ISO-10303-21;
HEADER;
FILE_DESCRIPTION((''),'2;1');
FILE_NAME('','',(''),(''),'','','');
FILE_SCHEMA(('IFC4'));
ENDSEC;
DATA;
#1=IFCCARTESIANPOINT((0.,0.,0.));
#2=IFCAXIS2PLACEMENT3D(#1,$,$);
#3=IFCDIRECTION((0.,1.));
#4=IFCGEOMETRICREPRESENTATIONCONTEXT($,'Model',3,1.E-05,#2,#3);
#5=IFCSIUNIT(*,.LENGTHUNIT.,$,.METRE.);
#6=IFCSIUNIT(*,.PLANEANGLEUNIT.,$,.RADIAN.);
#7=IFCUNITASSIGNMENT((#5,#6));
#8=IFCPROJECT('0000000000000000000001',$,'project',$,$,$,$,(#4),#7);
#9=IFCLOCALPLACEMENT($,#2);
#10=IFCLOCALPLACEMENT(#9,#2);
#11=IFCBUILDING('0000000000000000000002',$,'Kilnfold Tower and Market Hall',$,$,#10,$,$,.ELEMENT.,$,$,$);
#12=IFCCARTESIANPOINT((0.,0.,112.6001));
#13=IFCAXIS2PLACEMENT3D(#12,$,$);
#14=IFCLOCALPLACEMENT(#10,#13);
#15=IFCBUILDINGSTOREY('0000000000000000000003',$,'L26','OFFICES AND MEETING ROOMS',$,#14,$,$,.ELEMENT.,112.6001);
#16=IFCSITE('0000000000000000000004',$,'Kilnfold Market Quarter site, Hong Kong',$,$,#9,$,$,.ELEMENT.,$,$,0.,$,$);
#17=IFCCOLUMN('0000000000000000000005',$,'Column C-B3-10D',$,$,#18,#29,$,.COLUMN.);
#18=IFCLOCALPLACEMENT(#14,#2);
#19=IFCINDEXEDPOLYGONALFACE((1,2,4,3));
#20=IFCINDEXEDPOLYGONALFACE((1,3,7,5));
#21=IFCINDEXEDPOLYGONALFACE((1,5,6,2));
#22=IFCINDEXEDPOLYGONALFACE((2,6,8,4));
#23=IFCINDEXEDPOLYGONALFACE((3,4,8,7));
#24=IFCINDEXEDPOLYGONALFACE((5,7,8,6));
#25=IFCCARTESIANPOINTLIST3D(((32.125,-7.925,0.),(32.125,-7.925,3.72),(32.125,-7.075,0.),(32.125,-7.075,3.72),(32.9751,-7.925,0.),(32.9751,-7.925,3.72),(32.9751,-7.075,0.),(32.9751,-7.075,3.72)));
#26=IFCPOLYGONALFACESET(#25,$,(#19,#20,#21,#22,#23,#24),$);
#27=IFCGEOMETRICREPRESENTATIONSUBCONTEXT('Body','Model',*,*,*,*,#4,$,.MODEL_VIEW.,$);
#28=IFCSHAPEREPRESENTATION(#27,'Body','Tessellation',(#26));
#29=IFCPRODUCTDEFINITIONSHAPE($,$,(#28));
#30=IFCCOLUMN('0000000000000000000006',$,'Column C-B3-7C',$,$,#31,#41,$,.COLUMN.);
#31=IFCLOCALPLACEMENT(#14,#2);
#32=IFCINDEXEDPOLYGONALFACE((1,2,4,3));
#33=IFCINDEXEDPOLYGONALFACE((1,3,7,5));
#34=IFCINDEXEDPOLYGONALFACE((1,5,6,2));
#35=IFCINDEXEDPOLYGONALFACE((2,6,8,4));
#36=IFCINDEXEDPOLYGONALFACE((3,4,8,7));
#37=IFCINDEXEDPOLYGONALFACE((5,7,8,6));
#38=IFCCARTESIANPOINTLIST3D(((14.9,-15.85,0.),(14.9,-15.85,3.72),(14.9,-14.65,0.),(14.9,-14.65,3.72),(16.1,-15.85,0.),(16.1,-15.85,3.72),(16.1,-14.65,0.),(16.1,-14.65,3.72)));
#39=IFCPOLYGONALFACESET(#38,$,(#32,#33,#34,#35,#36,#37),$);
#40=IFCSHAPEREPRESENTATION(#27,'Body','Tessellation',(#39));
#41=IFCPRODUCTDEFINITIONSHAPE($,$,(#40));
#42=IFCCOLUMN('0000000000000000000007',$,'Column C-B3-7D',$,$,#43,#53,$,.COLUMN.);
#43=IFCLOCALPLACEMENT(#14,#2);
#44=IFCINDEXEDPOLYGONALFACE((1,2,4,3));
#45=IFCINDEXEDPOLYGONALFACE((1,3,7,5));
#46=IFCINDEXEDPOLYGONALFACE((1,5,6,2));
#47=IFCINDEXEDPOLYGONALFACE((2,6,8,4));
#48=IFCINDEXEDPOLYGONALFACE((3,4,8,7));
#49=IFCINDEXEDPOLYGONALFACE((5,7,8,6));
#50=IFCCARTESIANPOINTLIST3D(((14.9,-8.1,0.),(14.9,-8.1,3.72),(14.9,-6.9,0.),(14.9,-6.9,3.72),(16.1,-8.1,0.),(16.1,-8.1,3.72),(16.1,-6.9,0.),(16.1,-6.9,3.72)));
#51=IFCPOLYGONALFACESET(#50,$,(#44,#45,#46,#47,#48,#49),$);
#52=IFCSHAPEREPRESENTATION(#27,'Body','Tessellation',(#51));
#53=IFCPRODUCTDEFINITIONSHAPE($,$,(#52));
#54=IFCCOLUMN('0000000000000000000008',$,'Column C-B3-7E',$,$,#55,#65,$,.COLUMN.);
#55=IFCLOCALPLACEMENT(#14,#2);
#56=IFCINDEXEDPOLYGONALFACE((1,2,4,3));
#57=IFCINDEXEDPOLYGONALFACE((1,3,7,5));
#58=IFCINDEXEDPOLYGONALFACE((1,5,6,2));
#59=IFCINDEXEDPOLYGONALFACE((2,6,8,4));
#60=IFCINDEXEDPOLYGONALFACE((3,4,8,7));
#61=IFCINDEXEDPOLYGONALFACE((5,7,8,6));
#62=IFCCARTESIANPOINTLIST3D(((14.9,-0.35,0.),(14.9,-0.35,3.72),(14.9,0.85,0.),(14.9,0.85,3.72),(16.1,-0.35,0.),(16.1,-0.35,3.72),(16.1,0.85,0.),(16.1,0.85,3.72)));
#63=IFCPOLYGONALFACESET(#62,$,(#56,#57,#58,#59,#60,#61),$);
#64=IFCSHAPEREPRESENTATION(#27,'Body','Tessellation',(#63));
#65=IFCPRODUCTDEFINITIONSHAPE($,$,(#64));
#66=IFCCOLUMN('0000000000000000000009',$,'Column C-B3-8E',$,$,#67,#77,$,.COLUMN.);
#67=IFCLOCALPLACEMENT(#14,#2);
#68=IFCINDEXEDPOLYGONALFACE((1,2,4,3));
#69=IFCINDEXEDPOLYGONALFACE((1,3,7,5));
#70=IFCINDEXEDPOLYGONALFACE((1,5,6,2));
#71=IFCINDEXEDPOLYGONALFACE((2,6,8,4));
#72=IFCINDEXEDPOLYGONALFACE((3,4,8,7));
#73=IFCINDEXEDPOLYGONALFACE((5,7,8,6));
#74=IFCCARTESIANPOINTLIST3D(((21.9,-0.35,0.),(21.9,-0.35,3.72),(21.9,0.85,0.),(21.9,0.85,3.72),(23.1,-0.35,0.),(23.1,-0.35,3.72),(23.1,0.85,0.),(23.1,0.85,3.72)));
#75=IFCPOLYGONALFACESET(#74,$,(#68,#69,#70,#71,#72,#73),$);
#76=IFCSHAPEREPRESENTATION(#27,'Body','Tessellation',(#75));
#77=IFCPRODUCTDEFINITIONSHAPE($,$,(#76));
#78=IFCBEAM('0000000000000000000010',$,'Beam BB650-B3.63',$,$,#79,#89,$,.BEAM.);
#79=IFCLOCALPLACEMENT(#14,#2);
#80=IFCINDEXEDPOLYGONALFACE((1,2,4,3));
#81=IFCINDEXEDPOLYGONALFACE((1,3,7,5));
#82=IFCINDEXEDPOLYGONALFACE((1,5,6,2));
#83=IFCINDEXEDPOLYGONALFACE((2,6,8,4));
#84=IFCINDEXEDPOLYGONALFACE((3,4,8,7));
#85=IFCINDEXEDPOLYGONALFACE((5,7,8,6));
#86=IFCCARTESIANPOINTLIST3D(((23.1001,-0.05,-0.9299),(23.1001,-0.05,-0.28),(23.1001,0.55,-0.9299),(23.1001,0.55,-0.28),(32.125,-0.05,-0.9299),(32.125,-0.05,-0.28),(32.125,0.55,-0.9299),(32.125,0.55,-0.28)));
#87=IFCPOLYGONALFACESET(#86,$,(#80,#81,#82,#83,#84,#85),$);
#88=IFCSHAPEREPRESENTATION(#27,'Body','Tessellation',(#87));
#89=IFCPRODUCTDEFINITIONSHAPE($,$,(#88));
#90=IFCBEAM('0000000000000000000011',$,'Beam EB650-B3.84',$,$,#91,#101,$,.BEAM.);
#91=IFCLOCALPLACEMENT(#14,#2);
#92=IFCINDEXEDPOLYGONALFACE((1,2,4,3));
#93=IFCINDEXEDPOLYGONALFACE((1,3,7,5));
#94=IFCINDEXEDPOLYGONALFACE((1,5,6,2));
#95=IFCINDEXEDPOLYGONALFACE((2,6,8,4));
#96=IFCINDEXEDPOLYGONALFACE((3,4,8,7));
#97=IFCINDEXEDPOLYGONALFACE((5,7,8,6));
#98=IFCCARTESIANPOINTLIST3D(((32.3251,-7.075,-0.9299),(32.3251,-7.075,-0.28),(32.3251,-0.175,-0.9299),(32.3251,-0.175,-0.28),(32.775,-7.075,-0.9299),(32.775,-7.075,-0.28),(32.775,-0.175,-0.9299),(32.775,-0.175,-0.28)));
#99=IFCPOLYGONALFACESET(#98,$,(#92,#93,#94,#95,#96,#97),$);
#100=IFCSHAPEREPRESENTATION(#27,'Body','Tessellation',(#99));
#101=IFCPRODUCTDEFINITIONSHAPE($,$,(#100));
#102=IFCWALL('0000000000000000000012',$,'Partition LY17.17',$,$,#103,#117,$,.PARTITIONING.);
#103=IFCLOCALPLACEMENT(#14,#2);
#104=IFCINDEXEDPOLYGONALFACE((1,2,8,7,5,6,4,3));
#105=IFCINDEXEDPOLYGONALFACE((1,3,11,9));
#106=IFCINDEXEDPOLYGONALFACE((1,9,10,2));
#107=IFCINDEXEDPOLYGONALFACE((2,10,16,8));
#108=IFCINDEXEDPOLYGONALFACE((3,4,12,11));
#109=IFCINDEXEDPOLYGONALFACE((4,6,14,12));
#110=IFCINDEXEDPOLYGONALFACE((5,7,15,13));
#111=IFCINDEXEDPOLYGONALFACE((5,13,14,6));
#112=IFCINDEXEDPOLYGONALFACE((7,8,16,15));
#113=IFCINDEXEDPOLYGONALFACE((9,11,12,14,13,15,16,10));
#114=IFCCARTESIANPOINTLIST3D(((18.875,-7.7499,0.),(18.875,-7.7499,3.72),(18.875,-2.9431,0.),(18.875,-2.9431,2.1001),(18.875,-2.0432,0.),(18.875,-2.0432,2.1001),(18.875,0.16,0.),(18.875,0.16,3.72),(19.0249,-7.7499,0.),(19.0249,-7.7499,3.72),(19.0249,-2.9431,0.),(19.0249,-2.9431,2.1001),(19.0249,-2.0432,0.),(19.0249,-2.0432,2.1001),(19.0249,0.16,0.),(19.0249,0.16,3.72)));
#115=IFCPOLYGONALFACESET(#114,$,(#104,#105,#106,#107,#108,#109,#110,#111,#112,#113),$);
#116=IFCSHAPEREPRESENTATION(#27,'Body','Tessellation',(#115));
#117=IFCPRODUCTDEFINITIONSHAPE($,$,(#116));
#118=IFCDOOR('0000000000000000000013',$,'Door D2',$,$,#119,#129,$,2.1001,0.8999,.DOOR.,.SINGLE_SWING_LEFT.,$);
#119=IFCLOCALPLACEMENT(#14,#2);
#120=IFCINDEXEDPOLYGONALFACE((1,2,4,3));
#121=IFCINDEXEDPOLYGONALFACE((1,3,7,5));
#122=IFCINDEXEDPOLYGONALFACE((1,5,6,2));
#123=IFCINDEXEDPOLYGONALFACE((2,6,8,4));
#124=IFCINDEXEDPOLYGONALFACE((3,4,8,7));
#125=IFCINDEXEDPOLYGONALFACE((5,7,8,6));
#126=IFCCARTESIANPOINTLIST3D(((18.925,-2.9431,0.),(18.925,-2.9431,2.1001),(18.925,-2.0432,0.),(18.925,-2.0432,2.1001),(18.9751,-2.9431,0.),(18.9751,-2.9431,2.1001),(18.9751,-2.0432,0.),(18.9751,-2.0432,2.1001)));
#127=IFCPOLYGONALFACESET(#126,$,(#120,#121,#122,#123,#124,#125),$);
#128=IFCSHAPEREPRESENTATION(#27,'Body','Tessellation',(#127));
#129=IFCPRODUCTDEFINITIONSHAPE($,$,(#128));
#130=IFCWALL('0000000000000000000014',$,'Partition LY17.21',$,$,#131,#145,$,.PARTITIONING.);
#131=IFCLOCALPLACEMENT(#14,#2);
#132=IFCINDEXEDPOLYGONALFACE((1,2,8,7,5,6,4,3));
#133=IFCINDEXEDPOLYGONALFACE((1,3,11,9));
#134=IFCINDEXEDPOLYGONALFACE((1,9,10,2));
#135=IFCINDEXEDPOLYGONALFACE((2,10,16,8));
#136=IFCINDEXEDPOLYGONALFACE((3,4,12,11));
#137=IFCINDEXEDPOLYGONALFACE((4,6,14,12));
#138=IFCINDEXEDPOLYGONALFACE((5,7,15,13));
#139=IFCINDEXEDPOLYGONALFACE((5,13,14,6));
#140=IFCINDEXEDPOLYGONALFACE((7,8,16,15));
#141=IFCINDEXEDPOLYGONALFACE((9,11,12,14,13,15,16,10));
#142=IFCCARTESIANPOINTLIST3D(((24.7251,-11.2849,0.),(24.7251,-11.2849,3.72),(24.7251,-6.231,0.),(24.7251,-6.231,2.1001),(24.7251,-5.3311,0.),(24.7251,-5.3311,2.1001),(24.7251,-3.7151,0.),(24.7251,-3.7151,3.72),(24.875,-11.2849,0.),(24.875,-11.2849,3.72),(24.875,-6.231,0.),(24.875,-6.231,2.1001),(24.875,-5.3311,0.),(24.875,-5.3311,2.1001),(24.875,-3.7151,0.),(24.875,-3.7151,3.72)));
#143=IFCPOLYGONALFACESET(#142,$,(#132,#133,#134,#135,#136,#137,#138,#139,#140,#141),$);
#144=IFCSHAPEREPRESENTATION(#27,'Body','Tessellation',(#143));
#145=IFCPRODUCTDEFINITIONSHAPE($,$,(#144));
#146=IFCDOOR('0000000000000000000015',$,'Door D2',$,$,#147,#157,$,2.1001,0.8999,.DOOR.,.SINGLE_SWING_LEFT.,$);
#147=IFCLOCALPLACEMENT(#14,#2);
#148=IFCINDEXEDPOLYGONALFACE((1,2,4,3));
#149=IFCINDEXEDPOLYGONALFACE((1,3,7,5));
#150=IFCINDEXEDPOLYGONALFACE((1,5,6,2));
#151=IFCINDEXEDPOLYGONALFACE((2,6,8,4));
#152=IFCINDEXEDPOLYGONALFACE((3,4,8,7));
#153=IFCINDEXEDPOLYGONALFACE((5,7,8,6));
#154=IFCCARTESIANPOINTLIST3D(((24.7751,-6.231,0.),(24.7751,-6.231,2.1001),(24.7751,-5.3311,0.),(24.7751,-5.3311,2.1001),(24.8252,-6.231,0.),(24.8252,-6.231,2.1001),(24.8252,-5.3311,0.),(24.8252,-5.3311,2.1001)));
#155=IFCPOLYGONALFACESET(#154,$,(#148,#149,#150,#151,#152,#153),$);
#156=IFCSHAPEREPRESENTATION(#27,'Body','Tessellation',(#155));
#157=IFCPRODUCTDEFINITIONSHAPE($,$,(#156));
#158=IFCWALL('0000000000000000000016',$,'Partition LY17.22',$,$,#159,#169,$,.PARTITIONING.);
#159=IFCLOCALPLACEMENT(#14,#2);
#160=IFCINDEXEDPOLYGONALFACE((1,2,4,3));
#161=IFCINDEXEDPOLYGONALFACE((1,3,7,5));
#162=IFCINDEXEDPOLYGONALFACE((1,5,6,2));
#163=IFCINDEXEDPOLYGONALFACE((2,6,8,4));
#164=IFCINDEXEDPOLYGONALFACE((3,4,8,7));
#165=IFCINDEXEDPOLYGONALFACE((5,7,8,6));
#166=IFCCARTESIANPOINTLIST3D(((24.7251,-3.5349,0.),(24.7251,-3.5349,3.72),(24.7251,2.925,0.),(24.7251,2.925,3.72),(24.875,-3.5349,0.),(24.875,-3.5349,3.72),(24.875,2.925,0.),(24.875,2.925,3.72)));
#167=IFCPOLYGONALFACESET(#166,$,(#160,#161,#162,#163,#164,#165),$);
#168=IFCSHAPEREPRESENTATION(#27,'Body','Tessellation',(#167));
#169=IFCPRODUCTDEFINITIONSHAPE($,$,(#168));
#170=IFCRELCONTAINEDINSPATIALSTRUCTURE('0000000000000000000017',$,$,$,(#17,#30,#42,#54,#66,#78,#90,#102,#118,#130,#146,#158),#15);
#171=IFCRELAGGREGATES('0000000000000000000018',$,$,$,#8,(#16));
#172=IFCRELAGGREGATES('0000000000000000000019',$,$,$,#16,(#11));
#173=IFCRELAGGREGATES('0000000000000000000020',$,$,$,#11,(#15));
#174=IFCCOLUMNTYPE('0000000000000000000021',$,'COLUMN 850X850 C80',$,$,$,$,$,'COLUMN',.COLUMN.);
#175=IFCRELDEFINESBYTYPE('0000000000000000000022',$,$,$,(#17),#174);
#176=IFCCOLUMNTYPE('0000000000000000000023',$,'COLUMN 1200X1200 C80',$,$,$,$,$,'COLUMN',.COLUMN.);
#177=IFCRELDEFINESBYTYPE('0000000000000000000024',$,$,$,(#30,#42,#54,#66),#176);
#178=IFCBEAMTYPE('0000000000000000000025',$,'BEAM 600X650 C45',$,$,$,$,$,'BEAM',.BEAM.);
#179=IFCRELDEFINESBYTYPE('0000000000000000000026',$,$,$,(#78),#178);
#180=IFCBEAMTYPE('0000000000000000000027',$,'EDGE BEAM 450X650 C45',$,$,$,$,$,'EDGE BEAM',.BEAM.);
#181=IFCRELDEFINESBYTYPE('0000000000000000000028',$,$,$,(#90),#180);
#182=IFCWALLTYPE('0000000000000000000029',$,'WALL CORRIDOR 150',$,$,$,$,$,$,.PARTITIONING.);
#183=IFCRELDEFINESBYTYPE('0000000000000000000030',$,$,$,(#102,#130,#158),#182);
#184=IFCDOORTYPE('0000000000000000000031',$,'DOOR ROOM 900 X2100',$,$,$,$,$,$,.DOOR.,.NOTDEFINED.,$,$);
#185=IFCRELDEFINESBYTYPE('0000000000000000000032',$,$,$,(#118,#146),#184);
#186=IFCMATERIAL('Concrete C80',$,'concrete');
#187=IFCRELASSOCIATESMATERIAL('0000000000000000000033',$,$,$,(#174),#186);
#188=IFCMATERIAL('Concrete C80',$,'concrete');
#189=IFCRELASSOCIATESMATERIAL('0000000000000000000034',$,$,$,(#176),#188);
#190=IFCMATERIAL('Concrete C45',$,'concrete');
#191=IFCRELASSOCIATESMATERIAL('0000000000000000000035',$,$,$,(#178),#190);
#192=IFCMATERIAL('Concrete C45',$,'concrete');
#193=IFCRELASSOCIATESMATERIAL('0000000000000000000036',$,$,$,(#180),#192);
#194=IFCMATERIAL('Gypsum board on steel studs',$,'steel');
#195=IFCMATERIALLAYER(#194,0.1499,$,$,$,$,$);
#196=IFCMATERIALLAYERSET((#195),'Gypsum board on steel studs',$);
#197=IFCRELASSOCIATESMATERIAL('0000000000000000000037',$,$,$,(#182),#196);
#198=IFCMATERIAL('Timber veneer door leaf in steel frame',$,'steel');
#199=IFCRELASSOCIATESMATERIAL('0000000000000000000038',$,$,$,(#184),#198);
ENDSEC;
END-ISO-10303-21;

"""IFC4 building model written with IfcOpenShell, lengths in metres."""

from ifc_helpers import new_model, si_unit, direction, frame, frame_2d, origin, origin_2d, place, context, subcontext, project, spatial, rectangle, extrude, source, transform, mapped, material, layer, layer_set, material_profile, profile_set, type_object, element, fill, save


model = new_model("IFC4")

# Units and contexts
model_context = context("Model", 3, precision=1e-05, world=origin(), true_north=direction((0.0, 1.0)))
body_context = subcontext(model_context, "Body", "Model", "MODEL_VIEW")
ifc_project = project(units=[si_unit("LENGTHUNIT", "METRE"), si_unit("PLANEANGLEUNIT", "RADIAN")], contexts=[model_context])

# Site, building, storey
site_placement = place(None, origin())
site = spatial("IfcSite", under=ifc_project, at=site_placement, Name="Kilnfold Market Quarter site, Hong Kong", CompositionType="ELEMENT", RefElevation=0.0)
building_placement = place(site_placement, origin())
building = spatial("IfcBuilding", under=site, at=building_placement, Name="Kilnfold Tower and Market Hall", CompositionType="ELEMENT")
storey_placement = place(building_placement, frame((0.0, 0.0, 112.6001)))
storey = spatial("IfcBuildingStorey", under=building, at=storey_placement, Name="L26", Description="OFFICES AND MEETING ROOMS", CompositionType="ELEMENT", Elevation=112.6001)

# Columns
ifc_material_1 = material(Name="Concrete C80", Category="concrete")
ifc_material_profile_1 = material_profile(ifc_material_1, rectangle(XDim=0.8501, YDim=0.8501, at=origin_2d()), Name="RC 850x850")
ifc_profile_set_1 = profile_set([ifc_material_profile_1], Name="Concrete C80")
column_type_1 = type_object("IfcColumnType", Name="COLUMN 850X850 C80", ElementType="COLUMN", PredefinedType="COLUMN", material=ifc_profile_set_1)
shared_shape_1 = source(origin(), body_context, "Body", "SweptSolid", [
    extrude(rectangle(XDim=0.8501, YDim=0.8501, at=origin_2d()), origin(), (0.0, 0.0, 1.0), 3.72),
])
column_placement = place(storey_placement, frame((32.55, -7.5, 0.0), z_axis=(0.0, 0.0, 1.0), x_axis=(1.0, 0.0, 0.0)))
element("IfcColumn", 1, at=column_placement, inside=storey, type_object=column_type_1, Name="Column C-B3-10D", PredefinedType="COLUMN", context=body_context, shape_type="MappedRepresentation", body=[
    mapped(shared_shape_1, transform((0.0, 0.0, 0.0))),
])
ifc_material_2 = material(Name="Concrete C80", Category="concrete")
ifc_material_profile_2 = material_profile(ifc_material_2, rectangle(XDim=1.2, YDim=1.2, at=origin_2d()), Name="RC 1200x1200")
ifc_profile_set_2 = profile_set([ifc_material_profile_2], Name="Concrete C80")
column_type_2 = type_object("IfcColumnType", Name="COLUMN 1200X1200 C80", ElementType="COLUMN", PredefinedType="COLUMN", material=ifc_profile_set_2)
shared_shape_2 = source(origin(), body_context, "Body", "SweptSolid", [
    extrude(rectangle(XDim=1.2, YDim=1.2, at=origin_2d()), origin(), (0.0, 0.0, 1.0), 3.72),
])
for number, where, z_axis, x_axis, name in (
    (2, (15.5, -15.25, 0.0), (0.0, 0.0, 1.0), (1.0, 0.0, 0.0), "Column C-B3-7C"),
    (3, (15.5, -7.5, 0.0), (0.0, 0.0, 1.0), (1.0, 0.0, 0.0), "Column C-B3-7D"),
    (4, (15.5, 0.25, 0.0), (0.0, 0.0, 1.0), (1.0, 0.0, 0.0), "Column C-B3-7E"),
    (5, (22.5, 0.25, 0.0), (0.0, 0.0, 1.0), (1.0, 0.0, 0.0), "Column C-B3-8E"),
):
    element("IfcColumn", number, at=place(storey_placement, frame(where, z_axis=z_axis, x_axis=x_axis)), inside=storey, type_object=column_type_2, Name=name, PredefinedType="COLUMN", context=body_context, shape_type="MappedRepresentation", body=[
        mapped(shared_shape_2, transform((0.0, 0.0, 0.0))),
    ])

# Beams
ifc_material_3 = material(Name="Concrete C45", Category="concrete")
ifc_material_profile_3 = material_profile(ifc_material_3, rectangle(XDim=0.6001, YDim=0.6499, at=origin_2d()), Name="RC 600x650")
ifc_profile_set_3 = profile_set([ifc_material_profile_3], Name="Concrete C45")
beam_type_1 = type_object("IfcBeamType", Name="BEAM 600X650 C45", ElementType="BEAM", PredefinedType="BEAM", material=ifc_profile_set_3)
shared_shape_3 = source(origin(), body_context, "Body", "SweptSolid", [
    extrude(rectangle(XDim=0.6001, YDim=0.6499, at=origin_2d()), origin(), (0.0, 0.0, 1.0), 9.0249),
])
beam_1_placement = place(storey_placement, frame((23.1001, 0.25, -0.605), z_axis=(1.0, 0.0, 0.0), x_axis=(0.0, 1.0, 0.0)))
element("IfcBeam", 6, at=beam_1_placement, inside=storey, type_object=beam_type_1, Name="Beam BB650-B3.63", PredefinedType="BEAM", context=body_context, shape_type="MappedRepresentation", body=[
    mapped(shared_shape_3, transform((0.0, 0.0, 0.0))),
])
ifc_material_4 = material(Name="Concrete C45", Category="concrete")
ifc_material_profile_4 = material_profile(ifc_material_4, rectangle(XDim=0.45, YDim=0.6499, at=origin_2d()), Name="RC 450x650")
ifc_profile_set_4 = profile_set([ifc_material_profile_4], Name="Concrete C45")
beam_type_2 = type_object("IfcBeamType", Name="EDGE BEAM 450X650 C45", ElementType="EDGE BEAM", PredefinedType="BEAM", material=ifc_profile_set_4)
shared_shape_4 = source(origin(), body_context, "Body", "SweptSolid", [
    extrude(rectangle(XDim=0.45, YDim=0.6499, at=origin_2d()), origin(), (0.0, 0.0, 1.0), 6.8999),
])
beam_2_placement = place(storey_placement, frame((32.55, -7.075, -0.605), z_axis=(0.0, 1.0, 0.0), x_axis=(-1.0, 0.0, 0.0)))
element("IfcBeam", 7, at=beam_2_placement, inside=storey, type_object=beam_type_2, Name="Beam EB650-B3.84", PredefinedType="BEAM", context=body_context, shape_type="MappedRepresentation", body=[
    mapped(shared_shape_4, transform((0.0, 0.0, 0.0))),
])

# Walls, openings, doors
ifc_material_5 = material(Name="Gypsum board on steel studs", Category="steel")
ifc_layer_1 = layer(ifc_material_5, 0.1499)
ifc_layer_set_1 = layer_set([ifc_layer_1], Name="Gypsum board on steel studs")
wall_type_1 = type_object("IfcWallType", Name="WALL CORRIDOR 150", PredefinedType="PARTITIONING", material=ifc_layer_set_1)
wall_1_placement = place(storey_placement, frame((18.95, -7.75, 0.0), z_axis=(0.0, 0.0, 1.0), x_axis=(0.0, 1.0, 0.0)))
wall_1 = element("IfcWall", 8, at=wall_1_placement, inside=storey, type_object=wall_type_1, Name="Partition LY17.17", PredefinedType="PARTITIONING", context=body_context, shape_type="SweptSolid", body=[
    extrude(rectangle(XDim=7.9099, YDim=0.1499, at=frame_2d((3.9551, 0.0))), origin(), (0.0, 0.0, 1.0), 3.72),
])
opening_1_placement = place(wall_1_placement, frame((4.8069, 0.0, 0.0)))
opening_1 = element("IfcOpeningElement", 9, at=opening_1_placement, cuts=wall_1, PredefinedType="OPENING", context=body_context, shape_type="SweptSolid", body=[
    extrude(rectangle(XDim=0.8999, YDim=2.1001, at=frame_2d((0.45, 1.05))), frame((0.0, 0.085, 0.0), z_axis=(0.0, -1.0, 0.0), x_axis=(1.0, 0.0, 0.0)), (0.0, 0.0, 1.0), 0.1699),
])
ifc_material_6 = material(Name="Timber veneer door leaf in steel frame", Category="steel")
door_type_1 = type_object("IfcDoorType", Name="DOOR ROOM 900 X2100", OperationType="NOTDEFINED", PredefinedType="DOOR", material=ifc_material_6)
door_1_placement = place(opening_1_placement, origin())
door_1 = element("IfcDoor", 10, at=door_1_placement, inside=storey, type_object=door_type_1, Name="Door D2", OperationType="SINGLE_SWING_LEFT", OverallHeight=2.1001, OverallWidth=0.8999, PredefinedType="DOOR", context=body_context, shape_type="SweptSolid", body=[
    extrude(rectangle(XDim=0.8999, YDim=2.1001, at=frame_2d((0.45, 1.05))), frame((0.0, 0.0249, 0.0), z_axis=(0.0, -1.0, 0.0), x_axis=(1.0, 0.0, 0.0)), (0.0, 0.0, 1.0), 0.05),
])
fill(opening_1, door_1)
wall_2_placement = place(storey_placement, frame((24.8, -11.2849, 0.0), z_axis=(0.0, 0.0, 1.0), x_axis=(0.0, 1.0, 0.0)))
wall_2 = element("IfcWall", 11, at=wall_2_placement, inside=storey, type_object=wall_type_1, Name="Partition LY17.21", PredefinedType="PARTITIONING", context=body_context, shape_type="SweptSolid", body=[
    extrude(rectangle(XDim=7.5698, YDim=0.1499, at=frame_2d((3.7849, 0.0))), origin(), (0.0, 0.0, 1.0), 3.72),
])
opening_2_placement = place(wall_2_placement, frame((5.054, 0.0, 0.0)))
opening_2 = element("IfcOpeningElement", 12, at=opening_2_placement, cuts=wall_2, PredefinedType="OPENING", context=body_context, shape_type="SweptSolid", body=[
    extrude(rectangle(XDim=0.8999, YDim=2.1001, at=frame_2d((0.45, 1.05))), frame((0.0, 0.085, 0.0), z_axis=(0.0, -1.0, 0.0), x_axis=(1.0, 0.0, 0.0)), (0.0, 0.0, 1.0), 0.1699),
])
door_2_placement = place(opening_2_placement, origin())
door_2 = element("IfcDoor", 13, at=door_2_placement, inside=storey, type_object=door_type_1, Name="Door D2", OperationType="SINGLE_SWING_LEFT", OverallHeight=2.1001, OverallWidth=0.8999, PredefinedType="DOOR", context=body_context, shape_type="SweptSolid", body=[
    extrude(rectangle(XDim=0.8999, YDim=2.1001, at=frame_2d((0.45, 1.05))), frame((0.0, 0.0249, 0.0), z_axis=(0.0, -1.0, 0.0), x_axis=(1.0, 0.0, 0.0)), (0.0, 0.0, 1.0), 0.05),
])
fill(opening_2, door_2)

# Wall
wall_3_placement = place(storey_placement, frame((24.8, -3.5349, 0.0), z_axis=(0.0, 0.0, 1.0), x_axis=(0.0, 1.0, 0.0)))
element("IfcWall", 14, at=wall_3_placement, inside=storey, type_object=wall_type_1, Name="Partition LY17.22", PredefinedType="PARTITIONING", context=body_context, shape_type="SweptSolid", body=[
    extrude(rectangle(XDim=6.46, YDim=0.1499, at=frame_2d((3.23, 0.0))), origin(), (0.0, 0.0, 1.0), 3.72),
])

save(model, "model.ifc")
